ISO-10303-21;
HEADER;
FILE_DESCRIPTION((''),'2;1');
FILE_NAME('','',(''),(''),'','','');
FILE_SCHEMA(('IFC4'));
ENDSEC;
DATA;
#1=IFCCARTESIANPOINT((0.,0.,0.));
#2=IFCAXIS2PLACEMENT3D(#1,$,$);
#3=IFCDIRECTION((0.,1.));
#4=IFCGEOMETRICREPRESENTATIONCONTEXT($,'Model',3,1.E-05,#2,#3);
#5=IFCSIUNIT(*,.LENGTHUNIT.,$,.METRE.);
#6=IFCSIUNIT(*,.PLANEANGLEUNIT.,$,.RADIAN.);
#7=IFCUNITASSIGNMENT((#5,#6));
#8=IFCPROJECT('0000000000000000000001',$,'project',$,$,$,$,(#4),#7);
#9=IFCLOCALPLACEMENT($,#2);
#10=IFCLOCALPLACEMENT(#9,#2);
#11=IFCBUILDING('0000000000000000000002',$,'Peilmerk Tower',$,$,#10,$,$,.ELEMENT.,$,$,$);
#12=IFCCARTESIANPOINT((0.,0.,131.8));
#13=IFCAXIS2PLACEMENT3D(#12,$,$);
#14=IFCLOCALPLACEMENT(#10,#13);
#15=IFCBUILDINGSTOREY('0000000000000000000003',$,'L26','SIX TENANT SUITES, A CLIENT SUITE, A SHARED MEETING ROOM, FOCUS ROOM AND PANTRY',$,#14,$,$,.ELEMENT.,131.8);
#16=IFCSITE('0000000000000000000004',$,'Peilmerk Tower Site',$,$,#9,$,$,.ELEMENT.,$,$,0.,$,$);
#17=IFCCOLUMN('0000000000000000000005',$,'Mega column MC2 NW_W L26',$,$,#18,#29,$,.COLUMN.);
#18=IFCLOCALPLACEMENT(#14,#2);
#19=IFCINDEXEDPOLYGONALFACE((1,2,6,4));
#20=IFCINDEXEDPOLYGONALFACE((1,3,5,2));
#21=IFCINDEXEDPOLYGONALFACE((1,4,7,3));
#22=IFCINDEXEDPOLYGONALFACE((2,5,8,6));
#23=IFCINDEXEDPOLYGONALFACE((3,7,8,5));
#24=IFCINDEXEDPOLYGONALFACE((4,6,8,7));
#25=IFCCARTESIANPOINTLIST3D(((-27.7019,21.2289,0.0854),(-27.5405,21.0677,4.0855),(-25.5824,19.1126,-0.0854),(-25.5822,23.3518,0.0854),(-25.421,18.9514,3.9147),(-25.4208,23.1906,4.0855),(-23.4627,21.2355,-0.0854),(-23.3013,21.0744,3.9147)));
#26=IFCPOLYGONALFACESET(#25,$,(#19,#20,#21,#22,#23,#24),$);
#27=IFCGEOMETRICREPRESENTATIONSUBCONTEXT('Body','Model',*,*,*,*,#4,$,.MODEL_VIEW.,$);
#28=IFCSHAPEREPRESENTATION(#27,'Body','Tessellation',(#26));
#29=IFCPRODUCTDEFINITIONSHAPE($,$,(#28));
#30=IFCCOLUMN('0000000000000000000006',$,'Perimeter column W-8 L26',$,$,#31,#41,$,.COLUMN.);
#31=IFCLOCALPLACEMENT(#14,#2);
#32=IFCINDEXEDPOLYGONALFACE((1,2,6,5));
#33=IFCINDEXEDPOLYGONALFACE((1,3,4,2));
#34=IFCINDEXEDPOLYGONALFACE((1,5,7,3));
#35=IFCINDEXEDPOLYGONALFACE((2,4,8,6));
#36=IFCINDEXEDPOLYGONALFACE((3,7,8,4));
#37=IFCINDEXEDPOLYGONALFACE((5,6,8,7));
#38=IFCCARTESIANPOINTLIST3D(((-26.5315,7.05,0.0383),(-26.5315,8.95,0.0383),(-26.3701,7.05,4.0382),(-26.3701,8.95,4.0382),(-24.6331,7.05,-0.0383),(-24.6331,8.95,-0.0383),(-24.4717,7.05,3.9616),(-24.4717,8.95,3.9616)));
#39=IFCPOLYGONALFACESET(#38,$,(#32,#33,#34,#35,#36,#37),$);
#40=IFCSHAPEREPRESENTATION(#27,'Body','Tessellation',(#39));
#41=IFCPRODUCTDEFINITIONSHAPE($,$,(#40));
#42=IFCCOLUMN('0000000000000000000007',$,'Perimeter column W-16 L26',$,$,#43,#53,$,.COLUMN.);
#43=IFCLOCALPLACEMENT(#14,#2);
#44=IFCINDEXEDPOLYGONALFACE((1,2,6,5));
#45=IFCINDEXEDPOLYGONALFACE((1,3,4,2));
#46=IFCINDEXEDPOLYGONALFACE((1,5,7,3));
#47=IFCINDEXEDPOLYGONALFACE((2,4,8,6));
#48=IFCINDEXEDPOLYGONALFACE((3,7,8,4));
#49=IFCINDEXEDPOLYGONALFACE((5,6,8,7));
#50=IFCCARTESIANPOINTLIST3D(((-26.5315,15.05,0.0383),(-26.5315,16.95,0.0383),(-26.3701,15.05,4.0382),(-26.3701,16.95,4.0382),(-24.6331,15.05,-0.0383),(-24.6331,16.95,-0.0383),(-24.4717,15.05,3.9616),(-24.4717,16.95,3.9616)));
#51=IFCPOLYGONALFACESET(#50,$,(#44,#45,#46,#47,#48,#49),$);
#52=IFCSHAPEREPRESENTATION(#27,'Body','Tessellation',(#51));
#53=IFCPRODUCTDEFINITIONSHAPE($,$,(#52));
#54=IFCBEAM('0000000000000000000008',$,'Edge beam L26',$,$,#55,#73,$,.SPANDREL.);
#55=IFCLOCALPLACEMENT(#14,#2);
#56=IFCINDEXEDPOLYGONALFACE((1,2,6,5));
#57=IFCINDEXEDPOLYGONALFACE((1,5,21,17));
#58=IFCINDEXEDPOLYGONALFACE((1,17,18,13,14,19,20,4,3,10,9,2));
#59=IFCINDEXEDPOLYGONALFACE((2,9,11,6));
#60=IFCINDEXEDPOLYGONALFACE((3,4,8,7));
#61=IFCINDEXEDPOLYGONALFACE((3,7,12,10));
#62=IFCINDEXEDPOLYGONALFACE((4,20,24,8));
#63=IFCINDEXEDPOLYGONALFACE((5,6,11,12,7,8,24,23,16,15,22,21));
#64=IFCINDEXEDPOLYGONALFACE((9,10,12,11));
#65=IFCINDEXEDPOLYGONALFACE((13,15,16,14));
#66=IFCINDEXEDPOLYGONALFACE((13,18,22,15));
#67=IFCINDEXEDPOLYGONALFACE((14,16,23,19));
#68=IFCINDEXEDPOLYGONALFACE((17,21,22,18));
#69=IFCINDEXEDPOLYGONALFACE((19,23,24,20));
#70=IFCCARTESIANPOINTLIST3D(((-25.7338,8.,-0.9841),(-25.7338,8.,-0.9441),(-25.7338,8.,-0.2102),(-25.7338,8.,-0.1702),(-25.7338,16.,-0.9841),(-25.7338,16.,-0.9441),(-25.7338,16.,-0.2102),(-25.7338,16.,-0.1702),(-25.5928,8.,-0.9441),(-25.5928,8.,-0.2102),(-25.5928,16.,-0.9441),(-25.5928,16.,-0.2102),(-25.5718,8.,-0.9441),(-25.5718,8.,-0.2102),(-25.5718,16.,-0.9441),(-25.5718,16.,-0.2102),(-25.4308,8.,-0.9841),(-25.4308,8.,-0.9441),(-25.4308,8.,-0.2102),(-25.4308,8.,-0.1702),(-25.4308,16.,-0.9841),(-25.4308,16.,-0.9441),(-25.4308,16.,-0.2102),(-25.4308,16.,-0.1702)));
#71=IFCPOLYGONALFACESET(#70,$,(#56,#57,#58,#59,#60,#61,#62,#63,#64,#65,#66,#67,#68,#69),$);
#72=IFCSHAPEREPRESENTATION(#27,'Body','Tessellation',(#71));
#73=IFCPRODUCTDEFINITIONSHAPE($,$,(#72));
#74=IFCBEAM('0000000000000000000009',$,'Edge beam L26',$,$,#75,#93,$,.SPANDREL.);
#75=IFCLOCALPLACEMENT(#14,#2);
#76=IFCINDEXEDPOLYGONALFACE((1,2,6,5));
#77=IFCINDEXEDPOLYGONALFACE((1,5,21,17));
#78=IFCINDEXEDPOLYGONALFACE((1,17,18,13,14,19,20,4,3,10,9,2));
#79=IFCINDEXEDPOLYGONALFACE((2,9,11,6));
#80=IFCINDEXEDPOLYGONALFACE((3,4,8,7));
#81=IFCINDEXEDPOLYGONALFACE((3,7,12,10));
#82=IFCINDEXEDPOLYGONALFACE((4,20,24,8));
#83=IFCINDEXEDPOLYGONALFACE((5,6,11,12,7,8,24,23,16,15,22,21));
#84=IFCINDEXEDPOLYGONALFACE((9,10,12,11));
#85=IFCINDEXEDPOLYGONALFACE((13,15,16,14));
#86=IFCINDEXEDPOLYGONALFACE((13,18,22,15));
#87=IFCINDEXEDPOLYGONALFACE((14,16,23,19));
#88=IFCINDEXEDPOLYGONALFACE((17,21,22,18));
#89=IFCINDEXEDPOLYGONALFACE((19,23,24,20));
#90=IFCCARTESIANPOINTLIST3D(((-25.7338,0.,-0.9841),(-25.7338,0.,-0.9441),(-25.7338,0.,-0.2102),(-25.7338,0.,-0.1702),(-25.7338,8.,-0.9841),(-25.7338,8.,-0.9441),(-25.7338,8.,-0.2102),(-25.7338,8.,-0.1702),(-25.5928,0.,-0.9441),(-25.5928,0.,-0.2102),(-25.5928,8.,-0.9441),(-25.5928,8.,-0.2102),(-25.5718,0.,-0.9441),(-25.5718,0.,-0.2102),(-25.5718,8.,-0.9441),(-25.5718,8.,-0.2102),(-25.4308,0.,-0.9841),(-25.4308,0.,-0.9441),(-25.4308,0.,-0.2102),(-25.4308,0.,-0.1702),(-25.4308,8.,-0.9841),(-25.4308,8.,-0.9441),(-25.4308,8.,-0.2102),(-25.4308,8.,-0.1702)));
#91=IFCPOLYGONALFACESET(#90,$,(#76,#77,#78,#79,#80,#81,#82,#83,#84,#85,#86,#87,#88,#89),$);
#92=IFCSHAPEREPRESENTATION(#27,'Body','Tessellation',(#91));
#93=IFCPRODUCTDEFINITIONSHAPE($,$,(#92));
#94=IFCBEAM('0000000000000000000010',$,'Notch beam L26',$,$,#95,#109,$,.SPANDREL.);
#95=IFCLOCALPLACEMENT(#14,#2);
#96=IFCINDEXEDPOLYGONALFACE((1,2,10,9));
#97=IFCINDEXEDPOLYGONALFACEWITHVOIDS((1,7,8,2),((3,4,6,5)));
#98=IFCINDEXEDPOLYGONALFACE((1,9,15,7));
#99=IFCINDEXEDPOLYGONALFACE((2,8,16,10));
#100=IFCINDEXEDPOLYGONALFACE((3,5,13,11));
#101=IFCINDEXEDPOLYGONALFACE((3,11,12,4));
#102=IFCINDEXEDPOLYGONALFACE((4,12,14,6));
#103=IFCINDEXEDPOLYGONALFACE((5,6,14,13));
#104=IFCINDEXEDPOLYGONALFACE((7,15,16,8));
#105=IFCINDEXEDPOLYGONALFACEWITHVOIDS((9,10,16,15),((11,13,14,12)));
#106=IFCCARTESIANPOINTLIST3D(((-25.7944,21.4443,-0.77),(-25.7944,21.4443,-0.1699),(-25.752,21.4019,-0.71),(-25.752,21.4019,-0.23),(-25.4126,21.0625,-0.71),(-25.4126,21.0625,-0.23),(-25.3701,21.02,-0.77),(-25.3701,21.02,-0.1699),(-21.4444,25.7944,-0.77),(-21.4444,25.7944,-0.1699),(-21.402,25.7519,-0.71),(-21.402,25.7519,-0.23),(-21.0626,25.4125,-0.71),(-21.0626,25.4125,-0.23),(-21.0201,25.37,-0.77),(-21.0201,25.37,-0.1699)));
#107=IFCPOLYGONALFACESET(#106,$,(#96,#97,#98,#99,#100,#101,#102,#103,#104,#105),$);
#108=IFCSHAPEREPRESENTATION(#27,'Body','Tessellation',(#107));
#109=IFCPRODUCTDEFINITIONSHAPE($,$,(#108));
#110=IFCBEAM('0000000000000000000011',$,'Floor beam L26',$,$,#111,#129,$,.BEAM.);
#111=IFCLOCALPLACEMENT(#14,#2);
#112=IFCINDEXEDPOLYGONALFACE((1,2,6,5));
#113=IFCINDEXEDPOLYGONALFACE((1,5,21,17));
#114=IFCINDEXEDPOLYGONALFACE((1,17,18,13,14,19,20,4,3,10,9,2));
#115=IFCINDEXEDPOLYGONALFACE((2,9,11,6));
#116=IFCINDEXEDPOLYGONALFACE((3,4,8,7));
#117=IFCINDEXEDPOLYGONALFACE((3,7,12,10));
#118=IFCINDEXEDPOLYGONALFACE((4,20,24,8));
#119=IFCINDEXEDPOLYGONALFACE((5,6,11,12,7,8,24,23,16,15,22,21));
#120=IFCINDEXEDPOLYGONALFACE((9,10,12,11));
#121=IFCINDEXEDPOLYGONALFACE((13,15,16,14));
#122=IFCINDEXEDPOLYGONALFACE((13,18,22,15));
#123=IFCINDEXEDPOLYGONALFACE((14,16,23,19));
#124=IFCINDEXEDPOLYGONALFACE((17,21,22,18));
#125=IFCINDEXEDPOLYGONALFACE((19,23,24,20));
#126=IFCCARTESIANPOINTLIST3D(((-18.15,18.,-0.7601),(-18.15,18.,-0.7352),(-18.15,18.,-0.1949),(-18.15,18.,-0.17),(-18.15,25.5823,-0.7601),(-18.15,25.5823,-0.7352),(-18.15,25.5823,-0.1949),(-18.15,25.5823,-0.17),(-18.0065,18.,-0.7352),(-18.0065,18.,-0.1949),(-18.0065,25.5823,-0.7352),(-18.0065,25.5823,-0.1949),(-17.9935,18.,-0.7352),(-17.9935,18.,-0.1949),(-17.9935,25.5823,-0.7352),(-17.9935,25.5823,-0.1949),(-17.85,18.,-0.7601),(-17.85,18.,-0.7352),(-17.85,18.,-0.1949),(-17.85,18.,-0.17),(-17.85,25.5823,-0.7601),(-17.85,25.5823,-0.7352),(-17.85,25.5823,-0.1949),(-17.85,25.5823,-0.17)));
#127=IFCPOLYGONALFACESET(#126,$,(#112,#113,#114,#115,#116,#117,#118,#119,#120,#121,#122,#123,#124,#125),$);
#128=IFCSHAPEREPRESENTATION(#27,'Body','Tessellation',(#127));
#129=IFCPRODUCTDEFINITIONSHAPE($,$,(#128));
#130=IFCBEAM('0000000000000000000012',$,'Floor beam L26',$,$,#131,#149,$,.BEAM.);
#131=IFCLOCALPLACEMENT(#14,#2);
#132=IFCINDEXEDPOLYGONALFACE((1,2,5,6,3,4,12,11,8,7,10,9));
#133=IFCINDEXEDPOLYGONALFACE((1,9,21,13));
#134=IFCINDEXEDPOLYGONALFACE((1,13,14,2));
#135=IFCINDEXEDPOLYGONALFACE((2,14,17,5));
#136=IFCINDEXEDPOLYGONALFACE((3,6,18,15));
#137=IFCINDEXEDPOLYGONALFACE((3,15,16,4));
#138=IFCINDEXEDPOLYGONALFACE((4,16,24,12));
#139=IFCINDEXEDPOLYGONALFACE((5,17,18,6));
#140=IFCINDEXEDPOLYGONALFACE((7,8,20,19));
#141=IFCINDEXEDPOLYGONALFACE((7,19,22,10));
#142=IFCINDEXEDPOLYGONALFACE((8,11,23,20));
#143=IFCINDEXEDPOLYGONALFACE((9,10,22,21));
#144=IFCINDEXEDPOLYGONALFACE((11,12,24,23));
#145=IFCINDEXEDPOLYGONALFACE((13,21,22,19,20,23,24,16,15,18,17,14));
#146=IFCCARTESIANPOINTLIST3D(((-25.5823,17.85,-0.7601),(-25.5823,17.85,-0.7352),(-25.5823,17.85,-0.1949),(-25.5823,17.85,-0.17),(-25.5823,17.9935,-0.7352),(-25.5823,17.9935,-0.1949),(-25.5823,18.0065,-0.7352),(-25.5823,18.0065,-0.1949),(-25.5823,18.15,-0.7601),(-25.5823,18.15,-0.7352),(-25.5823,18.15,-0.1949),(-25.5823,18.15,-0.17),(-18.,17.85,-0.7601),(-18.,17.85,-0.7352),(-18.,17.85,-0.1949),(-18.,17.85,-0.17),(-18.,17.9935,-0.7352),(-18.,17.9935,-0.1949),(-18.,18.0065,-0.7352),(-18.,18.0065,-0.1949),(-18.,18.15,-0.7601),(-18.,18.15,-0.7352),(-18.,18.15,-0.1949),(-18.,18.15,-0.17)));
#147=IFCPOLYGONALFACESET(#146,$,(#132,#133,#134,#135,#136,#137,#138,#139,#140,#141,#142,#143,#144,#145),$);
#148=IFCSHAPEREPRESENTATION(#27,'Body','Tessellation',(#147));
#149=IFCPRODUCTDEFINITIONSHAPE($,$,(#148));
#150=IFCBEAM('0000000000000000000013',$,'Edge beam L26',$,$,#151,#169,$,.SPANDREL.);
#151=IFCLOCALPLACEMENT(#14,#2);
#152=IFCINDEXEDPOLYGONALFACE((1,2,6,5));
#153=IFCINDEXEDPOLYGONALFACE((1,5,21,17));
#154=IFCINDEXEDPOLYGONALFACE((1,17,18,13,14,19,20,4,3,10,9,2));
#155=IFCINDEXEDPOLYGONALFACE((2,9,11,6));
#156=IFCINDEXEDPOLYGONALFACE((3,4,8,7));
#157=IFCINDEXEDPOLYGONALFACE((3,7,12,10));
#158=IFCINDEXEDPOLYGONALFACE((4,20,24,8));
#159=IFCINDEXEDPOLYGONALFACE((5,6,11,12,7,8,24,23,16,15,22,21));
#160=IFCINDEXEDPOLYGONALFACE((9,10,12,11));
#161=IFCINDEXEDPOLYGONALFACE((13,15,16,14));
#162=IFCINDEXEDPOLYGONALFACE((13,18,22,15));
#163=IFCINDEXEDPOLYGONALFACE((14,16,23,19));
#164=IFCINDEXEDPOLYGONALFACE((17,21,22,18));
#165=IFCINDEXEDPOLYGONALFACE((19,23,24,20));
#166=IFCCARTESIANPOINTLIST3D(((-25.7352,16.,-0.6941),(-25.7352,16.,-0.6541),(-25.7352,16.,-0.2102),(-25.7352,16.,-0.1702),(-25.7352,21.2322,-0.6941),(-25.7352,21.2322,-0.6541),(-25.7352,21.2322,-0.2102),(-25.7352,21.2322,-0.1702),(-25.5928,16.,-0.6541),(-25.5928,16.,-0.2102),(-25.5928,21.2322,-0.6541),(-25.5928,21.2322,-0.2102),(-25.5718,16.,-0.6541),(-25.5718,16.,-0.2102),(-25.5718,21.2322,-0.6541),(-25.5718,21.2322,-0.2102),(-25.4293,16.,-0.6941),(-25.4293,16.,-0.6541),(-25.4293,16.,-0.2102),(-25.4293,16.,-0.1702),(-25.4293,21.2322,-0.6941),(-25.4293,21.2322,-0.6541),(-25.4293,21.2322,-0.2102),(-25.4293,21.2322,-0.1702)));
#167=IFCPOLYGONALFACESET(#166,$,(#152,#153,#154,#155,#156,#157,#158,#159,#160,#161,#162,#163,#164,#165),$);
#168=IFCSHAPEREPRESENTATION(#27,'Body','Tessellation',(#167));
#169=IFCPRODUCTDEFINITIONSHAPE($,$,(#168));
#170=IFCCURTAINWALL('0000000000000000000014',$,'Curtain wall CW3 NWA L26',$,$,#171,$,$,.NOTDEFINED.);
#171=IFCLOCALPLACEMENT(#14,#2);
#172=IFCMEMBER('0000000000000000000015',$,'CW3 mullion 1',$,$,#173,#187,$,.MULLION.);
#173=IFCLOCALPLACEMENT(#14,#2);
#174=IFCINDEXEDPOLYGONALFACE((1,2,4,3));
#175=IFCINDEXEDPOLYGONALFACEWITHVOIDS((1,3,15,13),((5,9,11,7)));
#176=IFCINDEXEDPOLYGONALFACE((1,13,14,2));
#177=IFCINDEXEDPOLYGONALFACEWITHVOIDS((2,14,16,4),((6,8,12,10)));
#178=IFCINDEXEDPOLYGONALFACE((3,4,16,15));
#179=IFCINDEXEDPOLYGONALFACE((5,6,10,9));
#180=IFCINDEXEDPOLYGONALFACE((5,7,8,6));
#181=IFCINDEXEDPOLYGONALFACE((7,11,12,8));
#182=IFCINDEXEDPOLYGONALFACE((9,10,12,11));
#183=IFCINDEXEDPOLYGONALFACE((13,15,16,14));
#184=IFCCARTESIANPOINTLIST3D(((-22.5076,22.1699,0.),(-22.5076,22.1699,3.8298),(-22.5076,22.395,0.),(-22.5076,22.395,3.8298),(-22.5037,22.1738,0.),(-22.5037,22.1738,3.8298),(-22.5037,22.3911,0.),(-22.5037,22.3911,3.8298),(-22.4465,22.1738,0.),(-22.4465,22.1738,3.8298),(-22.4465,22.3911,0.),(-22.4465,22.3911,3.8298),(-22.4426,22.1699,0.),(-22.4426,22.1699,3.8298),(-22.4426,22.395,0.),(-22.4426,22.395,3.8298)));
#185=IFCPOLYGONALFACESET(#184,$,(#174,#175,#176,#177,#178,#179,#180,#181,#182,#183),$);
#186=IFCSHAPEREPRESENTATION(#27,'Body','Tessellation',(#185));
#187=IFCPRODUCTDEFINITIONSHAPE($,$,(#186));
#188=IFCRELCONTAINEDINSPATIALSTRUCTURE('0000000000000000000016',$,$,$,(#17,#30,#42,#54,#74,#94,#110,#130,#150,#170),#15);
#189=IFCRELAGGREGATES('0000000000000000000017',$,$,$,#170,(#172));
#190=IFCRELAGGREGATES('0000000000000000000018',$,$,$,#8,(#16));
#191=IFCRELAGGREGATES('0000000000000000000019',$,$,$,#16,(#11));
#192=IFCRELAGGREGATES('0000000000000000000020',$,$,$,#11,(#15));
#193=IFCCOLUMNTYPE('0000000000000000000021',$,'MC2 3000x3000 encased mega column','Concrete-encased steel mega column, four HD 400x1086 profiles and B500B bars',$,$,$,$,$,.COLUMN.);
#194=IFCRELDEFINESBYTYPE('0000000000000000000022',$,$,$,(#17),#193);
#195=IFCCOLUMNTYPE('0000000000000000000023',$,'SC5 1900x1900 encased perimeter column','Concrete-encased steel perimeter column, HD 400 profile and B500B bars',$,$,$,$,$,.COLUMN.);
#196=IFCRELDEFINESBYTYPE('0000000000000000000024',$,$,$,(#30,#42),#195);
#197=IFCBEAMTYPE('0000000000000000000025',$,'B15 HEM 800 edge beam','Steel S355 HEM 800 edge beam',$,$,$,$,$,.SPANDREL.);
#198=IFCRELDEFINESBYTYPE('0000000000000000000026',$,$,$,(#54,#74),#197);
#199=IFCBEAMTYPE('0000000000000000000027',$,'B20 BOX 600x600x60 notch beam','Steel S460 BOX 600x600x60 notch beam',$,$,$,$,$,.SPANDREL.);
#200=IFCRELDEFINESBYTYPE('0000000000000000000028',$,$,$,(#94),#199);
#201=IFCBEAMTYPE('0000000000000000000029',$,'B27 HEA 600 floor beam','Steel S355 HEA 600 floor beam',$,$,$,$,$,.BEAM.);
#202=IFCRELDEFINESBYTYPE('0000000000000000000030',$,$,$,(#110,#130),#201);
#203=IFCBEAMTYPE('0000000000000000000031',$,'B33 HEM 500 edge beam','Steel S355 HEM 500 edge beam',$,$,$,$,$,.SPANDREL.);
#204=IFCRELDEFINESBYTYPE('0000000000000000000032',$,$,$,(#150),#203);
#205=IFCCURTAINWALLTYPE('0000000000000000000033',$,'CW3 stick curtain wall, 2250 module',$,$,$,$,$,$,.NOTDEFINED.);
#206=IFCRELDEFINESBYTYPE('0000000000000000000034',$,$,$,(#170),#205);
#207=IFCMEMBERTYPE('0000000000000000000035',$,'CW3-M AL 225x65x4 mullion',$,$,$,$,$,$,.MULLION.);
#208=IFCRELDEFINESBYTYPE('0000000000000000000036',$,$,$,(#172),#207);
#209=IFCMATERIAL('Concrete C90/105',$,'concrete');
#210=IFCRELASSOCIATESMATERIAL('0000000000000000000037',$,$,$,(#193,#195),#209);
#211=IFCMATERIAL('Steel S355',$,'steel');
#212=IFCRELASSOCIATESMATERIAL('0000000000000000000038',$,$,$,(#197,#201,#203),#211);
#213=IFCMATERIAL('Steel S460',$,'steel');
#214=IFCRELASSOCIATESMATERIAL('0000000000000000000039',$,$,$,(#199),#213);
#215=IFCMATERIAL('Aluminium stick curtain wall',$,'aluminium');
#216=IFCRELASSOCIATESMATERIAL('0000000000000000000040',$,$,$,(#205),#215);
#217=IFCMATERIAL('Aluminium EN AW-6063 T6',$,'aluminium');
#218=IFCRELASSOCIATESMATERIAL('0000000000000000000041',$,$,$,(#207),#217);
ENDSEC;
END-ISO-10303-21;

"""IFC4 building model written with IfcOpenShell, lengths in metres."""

from ifc_helpers import new_model, si_unit, direction, frame, origin, origin_2d, place, context, subcontext, project, spatial, rectangle, hollow_rectangle, i_section, extrude, material, material_profile, profile_set, type_object, element, aggregate, save


model = new_model("IFC4")

# Units and contexts
model_context = context("Model", 3, precision=1e-05, world=origin(), true_north=direction((0.0, 1.0)))
body_context = subcontext(model_context, "Body", "Model", "MODEL_VIEW")
ifc_project = project(units=[si_unit("LENGTHUNIT", "METRE"), si_unit("PLANEANGLEUNIT", "RADIAN")], contexts=[model_context])

# Site, building, storey
site_placement = place(None, origin())
site = spatial("IfcSite", under=ifc_project, at=site_placement, Name="Peilmerk Tower Site", CompositionType="ELEMENT", RefElevation=0.0)
building_placement = place(site_placement, origin())
building = spatial("IfcBuilding", under=site, at=building_placement, Name="Peilmerk Tower", CompositionType="ELEMENT")
storey_placement = place(building_placement, frame((0.0, 0.0, 131.8)))
storey = spatial("IfcBuildingStorey", under=building, at=storey_placement, Name="L26", Description="SIX TENANT SUITES, A CLIENT SUITE, A SHARED MEETING ROOM, FOCUS ROOM AND PANTRY", CompositionType="ELEMENT", Elevation=131.8)

# Columns
ifc_material_1 = material(Name="Concrete C90/105", Category="concrete")
ifc_material_profile_1 = material_profile(ifc_material_1, rectangle(XDim=3.0, YDim=3.0, at=origin_2d()), Name="RC 3000x3000")
ifc_profile_set_1 = profile_set([ifc_material_profile_1], Name="Concrete C90/105")
column_type_1 = type_object("IfcColumnType", Name="MC2 3000x3000 encased mega column", Description="Concrete-encased steel mega column, four HD 400x1086 profiles and B500B bars", PredefinedType="COLUMN", material=ifc_profile_set_1)
column_placement = place(storey_placement, frame((-25.5823, 21.2322, 0.0), z_axis=(0.040279, -0.040218, 0.998379), x_axis=(0.706571, 0.707642, 0.0)))
element("IfcColumn", 1, at=column_placement, inside=storey, type_object=column_type_1, Name="Mega column MC2 NW_W L26", PredefinedType="COLUMN", context=body_context, shape_type="SweptSolid", body=[
    extrude(rectangle(XDim=3.0, YDim=3.0, at=origin_2d()), origin(), (0.0, 0.0, 1.0), 4.0066),
])
ifc_material_profile_2 = material_profile(ifc_material_1, rectangle(XDim=1.8999, YDim=1.8999, at=origin_2d()), Name="RC 1900x1900")
ifc_profile_set_2 = profile_set([ifc_material_profile_2], Name="Concrete C90/105")
column_type_2 = type_object("IfcColumnType", Name="SC5 1900x1900 encased perimeter column", Description="Concrete-encased steel perimeter column, HD 400 profile and B500B bars", PredefinedType="COLUMN", material=ifc_profile_set_2)
for number, where, z_axis, x_axis, name in (
    (2, (-25.5823, 8.0, 0.0), (0.040311, 0.0, 0.999187), (0.0, 1.0, 0.0), "Perimeter column W-8 L26"),
    (3, (-25.5823, 16.0, 0.0), (0.040311, 0.0, 0.999187), (0.0, 1.0, 0.0), "Perimeter column W-16 L26"),
):
    element("IfcColumn", number, at=place(storey_placement, frame(where, z_axis=z_axis, x_axis=x_axis)), inside=storey, type_object=column_type_2, Name=name, PredefinedType="COLUMN", context=body_context, shape_type="SweptSolid", body=[
        extrude(rectangle(XDim=1.8999, YDim=1.8999, at=origin_2d()), origin(), (0.0, 0.0, 1.0), 4.0032),
    ])

# Beams
ifc_material_2 = material(Name="Steel S355", Category="steel")
ifc_material_profile_3 = material_profile(ifc_material_2, i_section(OverallWidth=0.303, OverallDepth=0.814, WebThickness=0.021, FlangeThickness=0.04, at=origin_2d()), Name="HEM 800")
ifc_profile_set_3 = profile_set([ifc_material_profile_3], Name="Steel S355")
beam_type_1 = type_object("IfcBeamType", Name="B15 HEM 800 edge beam", Description="Steel S355 HEM 800 edge beam", PredefinedType="SPANDREL", material=ifc_profile_set_3)
for number, where, z_axis, x_axis, name in (
    (4, (-25.5823, 16.0, -0.5771), (0.0, -1.0, 0.0), (1.0, 0.0, 0.0), "Edge beam L26"),
    (5, (-25.5823, 8.0, -0.5771), (0.0, -1.0, 0.0), (1.0, 0.0, 0.0), "Edge beam L26"),
):
    element("IfcBeam", number, at=place(storey_placement, frame(where, z_axis=z_axis, x_axis=x_axis)), inside=storey, type_object=beam_type_1, Name=name, PredefinedType="SPANDREL", context=body_context, shape_type="SweptSolid", body=[
        extrude(i_section(OverallWidth=0.303, OverallDepth=0.814, WebThickness=0.021, FlangeThickness=0.04, at=origin_2d()), origin(), (0.0, 0.0, 1.0), 8.0),
    ])
ifc_material_3 = material(Name="Steel S460", Category="steel")
ifc_material_profile_4 = material_profile(ifc_material_3, hollow_rectangle(XDim=0.6001, YDim=0.6001, WallThickness=0.0601, at=origin_2d()), Name="BOX 600x600x60")
ifc_profile_set_4 = profile_set([ifc_material_profile_4], Name="Steel S460")
beam_type_2 = type_object("IfcBeamType", Name="B20 BOX 600x600x60 notch beam", Description="Steel S460 BOX 600x600x60 notch beam", PredefinedType="SPANDREL", material=ifc_profile_set_4)
beam_1_placement = place(storey_placement, frame((-25.5823, 21.2322, -0.47), z_axis=(0.707107, 0.707107, 0.0), x_axis=(-0.707107, 0.707107, 0.0)))
element("IfcBeam", 6, at=beam_1_placement, inside=storey, type_object=beam_type_2, Name="Notch beam L26", PredefinedType="SPANDREL", context=body_context, shape_type="SweptSolid", body=[
    extrude(hollow_rectangle(XDim=0.6001, YDim=0.6001, WallThickness=0.0601, at=origin_2d()), origin(), (0.0, 0.0, 1.0), 6.1519),
])
ifc_material_profile_5 = material_profile(ifc_material_2, i_section(OverallWidth=0.3, OverallDepth=0.5901, WebThickness=0.0129, FlangeThickness=0.0249, at=origin_2d()), Name="HEA 600")
ifc_profile_set_5 = profile_set([ifc_material_profile_5], Name="Steel S355")
beam_type_3 = type_object("IfcBeamType", Name="B27 HEA 600 floor beam", Description="Steel S355 HEA 600 floor beam", PredefinedType="BEAM", material=ifc_profile_set_5)
for number, where, z_axis, x_axis, name in (
    (7, (-18.0, 18.0, -0.4651), (0.0, 1.0, 0.0), (-1.0, 0.0, 0.0), "Floor beam L26"),
    (8, (-18.0, 18.0, -0.4651), (-1.0, 0.0, 0.0), (0.0, -1.0, 0.0), "Floor beam L26"),
):
    element("IfcBeam", number, at=place(storey_placement, frame(where, z_axis=z_axis, x_axis=x_axis)), inside=storey, type_object=beam_type_3, Name=name, PredefinedType="BEAM", context=body_context, shape_type="SweptSolid", body=[
        extrude(i_section(OverallWidth=0.3, OverallDepth=0.5901, WebThickness=0.0129, FlangeThickness=0.0249, at=origin_2d()), origin(), (0.0, 0.0, 1.0), 7.5823),
    ])
ifc_material_profile_6 = material_profile(ifc_material_2, i_section(OverallWidth=0.3059, OverallDepth=0.5239, WebThickness=0.021, FlangeThickness=0.04, at=origin_2d()), Name="HEM 500")
ifc_profile_set_6 = profile_set([ifc_material_profile_6], Name="Steel S355")
beam_type_4 = type_object("IfcBeamType", Name="B33 HEM 500 edge beam", Description="Steel S355 HEM 500 edge beam", PredefinedType="SPANDREL", material=ifc_profile_set_6)
beam_2_placement = place(storey_placement, frame((-25.5823, 21.2322, -0.4321), z_axis=(0.0, -1.0, 0.0), x_axis=(1.0, 0.0, 0.0)))
element("IfcBeam", 9, at=beam_2_placement, inside=storey, type_object=beam_type_4, Name="Edge beam L26", PredefinedType="SPANDREL", context=body_context, shape_type="SweptSolid", body=[
    extrude(i_section(OverallWidth=0.3059, OverallDepth=0.5239, WebThickness=0.021, FlangeThickness=0.04, at=origin_2d()), origin(), (0.0, 0.0, 1.0), 5.2322),
])

# Curtain wall, member
ifc_material_4 = material(Name="Aluminium stick curtain wall", Category="aluminium")
curtain_wall_type = type_object("IfcCurtainWallType", Name="CW3 stick curtain wall, 2250 module", PredefinedType="NOTDEFINED", material=ifc_material_4)
curtain_wall_1_placement = place(storey_placement, origin())
curtain_wall_1 = element("IfcCurtainWall", 10, at=curtain_wall_1_placement, inside=storey, type_object=curtain_wall_type, Name="Curtain wall CW3 NWA L26", PredefinedType="NOTDEFINED")
ifc_material_5 = material(Name="Aluminium EN AW-6063 T6", Category="aluminium")
ifc_material_profile_7 = material_profile(ifc_material_5, hollow_rectangle(XDim=0.0649, YDim=0.2251, WallThickness=0.0039, at=origin_2d()), Name="AL 225x65x4")
ifc_profile_set_7 = profile_set([ifc_material_profile_7], Name="Aluminium EN AW-6063 T6")
member_type_1 = type_object("IfcMemberType", Name="CW3-M AL 225x65x4 mullion", PredefinedType="MULLION", material=ifc_profile_set_7)
member_1_placement = place(storey_placement, frame((-22.4751, 22.2825, 0.0), z_axis=(0.0, 0.0, 1.0), x_axis=(-1.0, 0.0, 0.0)))
member_1 = element("IfcMember", 11, at=member_1_placement, type_object=member_type_1, Name="CW3 mullion 1", PredefinedType="MULLION", context=body_context, shape_type="SweptSolid", body=[
    extrude(hollow_rectangle(XDim=0.0649, YDim=0.2251, WallThickness=0.0039, at=origin_2d()), origin(), (0.0, 0.0, 1.0), 3.8298),
])

aggregate(curtain_wall_1, [member_1])

save(model, "model.ifc")
